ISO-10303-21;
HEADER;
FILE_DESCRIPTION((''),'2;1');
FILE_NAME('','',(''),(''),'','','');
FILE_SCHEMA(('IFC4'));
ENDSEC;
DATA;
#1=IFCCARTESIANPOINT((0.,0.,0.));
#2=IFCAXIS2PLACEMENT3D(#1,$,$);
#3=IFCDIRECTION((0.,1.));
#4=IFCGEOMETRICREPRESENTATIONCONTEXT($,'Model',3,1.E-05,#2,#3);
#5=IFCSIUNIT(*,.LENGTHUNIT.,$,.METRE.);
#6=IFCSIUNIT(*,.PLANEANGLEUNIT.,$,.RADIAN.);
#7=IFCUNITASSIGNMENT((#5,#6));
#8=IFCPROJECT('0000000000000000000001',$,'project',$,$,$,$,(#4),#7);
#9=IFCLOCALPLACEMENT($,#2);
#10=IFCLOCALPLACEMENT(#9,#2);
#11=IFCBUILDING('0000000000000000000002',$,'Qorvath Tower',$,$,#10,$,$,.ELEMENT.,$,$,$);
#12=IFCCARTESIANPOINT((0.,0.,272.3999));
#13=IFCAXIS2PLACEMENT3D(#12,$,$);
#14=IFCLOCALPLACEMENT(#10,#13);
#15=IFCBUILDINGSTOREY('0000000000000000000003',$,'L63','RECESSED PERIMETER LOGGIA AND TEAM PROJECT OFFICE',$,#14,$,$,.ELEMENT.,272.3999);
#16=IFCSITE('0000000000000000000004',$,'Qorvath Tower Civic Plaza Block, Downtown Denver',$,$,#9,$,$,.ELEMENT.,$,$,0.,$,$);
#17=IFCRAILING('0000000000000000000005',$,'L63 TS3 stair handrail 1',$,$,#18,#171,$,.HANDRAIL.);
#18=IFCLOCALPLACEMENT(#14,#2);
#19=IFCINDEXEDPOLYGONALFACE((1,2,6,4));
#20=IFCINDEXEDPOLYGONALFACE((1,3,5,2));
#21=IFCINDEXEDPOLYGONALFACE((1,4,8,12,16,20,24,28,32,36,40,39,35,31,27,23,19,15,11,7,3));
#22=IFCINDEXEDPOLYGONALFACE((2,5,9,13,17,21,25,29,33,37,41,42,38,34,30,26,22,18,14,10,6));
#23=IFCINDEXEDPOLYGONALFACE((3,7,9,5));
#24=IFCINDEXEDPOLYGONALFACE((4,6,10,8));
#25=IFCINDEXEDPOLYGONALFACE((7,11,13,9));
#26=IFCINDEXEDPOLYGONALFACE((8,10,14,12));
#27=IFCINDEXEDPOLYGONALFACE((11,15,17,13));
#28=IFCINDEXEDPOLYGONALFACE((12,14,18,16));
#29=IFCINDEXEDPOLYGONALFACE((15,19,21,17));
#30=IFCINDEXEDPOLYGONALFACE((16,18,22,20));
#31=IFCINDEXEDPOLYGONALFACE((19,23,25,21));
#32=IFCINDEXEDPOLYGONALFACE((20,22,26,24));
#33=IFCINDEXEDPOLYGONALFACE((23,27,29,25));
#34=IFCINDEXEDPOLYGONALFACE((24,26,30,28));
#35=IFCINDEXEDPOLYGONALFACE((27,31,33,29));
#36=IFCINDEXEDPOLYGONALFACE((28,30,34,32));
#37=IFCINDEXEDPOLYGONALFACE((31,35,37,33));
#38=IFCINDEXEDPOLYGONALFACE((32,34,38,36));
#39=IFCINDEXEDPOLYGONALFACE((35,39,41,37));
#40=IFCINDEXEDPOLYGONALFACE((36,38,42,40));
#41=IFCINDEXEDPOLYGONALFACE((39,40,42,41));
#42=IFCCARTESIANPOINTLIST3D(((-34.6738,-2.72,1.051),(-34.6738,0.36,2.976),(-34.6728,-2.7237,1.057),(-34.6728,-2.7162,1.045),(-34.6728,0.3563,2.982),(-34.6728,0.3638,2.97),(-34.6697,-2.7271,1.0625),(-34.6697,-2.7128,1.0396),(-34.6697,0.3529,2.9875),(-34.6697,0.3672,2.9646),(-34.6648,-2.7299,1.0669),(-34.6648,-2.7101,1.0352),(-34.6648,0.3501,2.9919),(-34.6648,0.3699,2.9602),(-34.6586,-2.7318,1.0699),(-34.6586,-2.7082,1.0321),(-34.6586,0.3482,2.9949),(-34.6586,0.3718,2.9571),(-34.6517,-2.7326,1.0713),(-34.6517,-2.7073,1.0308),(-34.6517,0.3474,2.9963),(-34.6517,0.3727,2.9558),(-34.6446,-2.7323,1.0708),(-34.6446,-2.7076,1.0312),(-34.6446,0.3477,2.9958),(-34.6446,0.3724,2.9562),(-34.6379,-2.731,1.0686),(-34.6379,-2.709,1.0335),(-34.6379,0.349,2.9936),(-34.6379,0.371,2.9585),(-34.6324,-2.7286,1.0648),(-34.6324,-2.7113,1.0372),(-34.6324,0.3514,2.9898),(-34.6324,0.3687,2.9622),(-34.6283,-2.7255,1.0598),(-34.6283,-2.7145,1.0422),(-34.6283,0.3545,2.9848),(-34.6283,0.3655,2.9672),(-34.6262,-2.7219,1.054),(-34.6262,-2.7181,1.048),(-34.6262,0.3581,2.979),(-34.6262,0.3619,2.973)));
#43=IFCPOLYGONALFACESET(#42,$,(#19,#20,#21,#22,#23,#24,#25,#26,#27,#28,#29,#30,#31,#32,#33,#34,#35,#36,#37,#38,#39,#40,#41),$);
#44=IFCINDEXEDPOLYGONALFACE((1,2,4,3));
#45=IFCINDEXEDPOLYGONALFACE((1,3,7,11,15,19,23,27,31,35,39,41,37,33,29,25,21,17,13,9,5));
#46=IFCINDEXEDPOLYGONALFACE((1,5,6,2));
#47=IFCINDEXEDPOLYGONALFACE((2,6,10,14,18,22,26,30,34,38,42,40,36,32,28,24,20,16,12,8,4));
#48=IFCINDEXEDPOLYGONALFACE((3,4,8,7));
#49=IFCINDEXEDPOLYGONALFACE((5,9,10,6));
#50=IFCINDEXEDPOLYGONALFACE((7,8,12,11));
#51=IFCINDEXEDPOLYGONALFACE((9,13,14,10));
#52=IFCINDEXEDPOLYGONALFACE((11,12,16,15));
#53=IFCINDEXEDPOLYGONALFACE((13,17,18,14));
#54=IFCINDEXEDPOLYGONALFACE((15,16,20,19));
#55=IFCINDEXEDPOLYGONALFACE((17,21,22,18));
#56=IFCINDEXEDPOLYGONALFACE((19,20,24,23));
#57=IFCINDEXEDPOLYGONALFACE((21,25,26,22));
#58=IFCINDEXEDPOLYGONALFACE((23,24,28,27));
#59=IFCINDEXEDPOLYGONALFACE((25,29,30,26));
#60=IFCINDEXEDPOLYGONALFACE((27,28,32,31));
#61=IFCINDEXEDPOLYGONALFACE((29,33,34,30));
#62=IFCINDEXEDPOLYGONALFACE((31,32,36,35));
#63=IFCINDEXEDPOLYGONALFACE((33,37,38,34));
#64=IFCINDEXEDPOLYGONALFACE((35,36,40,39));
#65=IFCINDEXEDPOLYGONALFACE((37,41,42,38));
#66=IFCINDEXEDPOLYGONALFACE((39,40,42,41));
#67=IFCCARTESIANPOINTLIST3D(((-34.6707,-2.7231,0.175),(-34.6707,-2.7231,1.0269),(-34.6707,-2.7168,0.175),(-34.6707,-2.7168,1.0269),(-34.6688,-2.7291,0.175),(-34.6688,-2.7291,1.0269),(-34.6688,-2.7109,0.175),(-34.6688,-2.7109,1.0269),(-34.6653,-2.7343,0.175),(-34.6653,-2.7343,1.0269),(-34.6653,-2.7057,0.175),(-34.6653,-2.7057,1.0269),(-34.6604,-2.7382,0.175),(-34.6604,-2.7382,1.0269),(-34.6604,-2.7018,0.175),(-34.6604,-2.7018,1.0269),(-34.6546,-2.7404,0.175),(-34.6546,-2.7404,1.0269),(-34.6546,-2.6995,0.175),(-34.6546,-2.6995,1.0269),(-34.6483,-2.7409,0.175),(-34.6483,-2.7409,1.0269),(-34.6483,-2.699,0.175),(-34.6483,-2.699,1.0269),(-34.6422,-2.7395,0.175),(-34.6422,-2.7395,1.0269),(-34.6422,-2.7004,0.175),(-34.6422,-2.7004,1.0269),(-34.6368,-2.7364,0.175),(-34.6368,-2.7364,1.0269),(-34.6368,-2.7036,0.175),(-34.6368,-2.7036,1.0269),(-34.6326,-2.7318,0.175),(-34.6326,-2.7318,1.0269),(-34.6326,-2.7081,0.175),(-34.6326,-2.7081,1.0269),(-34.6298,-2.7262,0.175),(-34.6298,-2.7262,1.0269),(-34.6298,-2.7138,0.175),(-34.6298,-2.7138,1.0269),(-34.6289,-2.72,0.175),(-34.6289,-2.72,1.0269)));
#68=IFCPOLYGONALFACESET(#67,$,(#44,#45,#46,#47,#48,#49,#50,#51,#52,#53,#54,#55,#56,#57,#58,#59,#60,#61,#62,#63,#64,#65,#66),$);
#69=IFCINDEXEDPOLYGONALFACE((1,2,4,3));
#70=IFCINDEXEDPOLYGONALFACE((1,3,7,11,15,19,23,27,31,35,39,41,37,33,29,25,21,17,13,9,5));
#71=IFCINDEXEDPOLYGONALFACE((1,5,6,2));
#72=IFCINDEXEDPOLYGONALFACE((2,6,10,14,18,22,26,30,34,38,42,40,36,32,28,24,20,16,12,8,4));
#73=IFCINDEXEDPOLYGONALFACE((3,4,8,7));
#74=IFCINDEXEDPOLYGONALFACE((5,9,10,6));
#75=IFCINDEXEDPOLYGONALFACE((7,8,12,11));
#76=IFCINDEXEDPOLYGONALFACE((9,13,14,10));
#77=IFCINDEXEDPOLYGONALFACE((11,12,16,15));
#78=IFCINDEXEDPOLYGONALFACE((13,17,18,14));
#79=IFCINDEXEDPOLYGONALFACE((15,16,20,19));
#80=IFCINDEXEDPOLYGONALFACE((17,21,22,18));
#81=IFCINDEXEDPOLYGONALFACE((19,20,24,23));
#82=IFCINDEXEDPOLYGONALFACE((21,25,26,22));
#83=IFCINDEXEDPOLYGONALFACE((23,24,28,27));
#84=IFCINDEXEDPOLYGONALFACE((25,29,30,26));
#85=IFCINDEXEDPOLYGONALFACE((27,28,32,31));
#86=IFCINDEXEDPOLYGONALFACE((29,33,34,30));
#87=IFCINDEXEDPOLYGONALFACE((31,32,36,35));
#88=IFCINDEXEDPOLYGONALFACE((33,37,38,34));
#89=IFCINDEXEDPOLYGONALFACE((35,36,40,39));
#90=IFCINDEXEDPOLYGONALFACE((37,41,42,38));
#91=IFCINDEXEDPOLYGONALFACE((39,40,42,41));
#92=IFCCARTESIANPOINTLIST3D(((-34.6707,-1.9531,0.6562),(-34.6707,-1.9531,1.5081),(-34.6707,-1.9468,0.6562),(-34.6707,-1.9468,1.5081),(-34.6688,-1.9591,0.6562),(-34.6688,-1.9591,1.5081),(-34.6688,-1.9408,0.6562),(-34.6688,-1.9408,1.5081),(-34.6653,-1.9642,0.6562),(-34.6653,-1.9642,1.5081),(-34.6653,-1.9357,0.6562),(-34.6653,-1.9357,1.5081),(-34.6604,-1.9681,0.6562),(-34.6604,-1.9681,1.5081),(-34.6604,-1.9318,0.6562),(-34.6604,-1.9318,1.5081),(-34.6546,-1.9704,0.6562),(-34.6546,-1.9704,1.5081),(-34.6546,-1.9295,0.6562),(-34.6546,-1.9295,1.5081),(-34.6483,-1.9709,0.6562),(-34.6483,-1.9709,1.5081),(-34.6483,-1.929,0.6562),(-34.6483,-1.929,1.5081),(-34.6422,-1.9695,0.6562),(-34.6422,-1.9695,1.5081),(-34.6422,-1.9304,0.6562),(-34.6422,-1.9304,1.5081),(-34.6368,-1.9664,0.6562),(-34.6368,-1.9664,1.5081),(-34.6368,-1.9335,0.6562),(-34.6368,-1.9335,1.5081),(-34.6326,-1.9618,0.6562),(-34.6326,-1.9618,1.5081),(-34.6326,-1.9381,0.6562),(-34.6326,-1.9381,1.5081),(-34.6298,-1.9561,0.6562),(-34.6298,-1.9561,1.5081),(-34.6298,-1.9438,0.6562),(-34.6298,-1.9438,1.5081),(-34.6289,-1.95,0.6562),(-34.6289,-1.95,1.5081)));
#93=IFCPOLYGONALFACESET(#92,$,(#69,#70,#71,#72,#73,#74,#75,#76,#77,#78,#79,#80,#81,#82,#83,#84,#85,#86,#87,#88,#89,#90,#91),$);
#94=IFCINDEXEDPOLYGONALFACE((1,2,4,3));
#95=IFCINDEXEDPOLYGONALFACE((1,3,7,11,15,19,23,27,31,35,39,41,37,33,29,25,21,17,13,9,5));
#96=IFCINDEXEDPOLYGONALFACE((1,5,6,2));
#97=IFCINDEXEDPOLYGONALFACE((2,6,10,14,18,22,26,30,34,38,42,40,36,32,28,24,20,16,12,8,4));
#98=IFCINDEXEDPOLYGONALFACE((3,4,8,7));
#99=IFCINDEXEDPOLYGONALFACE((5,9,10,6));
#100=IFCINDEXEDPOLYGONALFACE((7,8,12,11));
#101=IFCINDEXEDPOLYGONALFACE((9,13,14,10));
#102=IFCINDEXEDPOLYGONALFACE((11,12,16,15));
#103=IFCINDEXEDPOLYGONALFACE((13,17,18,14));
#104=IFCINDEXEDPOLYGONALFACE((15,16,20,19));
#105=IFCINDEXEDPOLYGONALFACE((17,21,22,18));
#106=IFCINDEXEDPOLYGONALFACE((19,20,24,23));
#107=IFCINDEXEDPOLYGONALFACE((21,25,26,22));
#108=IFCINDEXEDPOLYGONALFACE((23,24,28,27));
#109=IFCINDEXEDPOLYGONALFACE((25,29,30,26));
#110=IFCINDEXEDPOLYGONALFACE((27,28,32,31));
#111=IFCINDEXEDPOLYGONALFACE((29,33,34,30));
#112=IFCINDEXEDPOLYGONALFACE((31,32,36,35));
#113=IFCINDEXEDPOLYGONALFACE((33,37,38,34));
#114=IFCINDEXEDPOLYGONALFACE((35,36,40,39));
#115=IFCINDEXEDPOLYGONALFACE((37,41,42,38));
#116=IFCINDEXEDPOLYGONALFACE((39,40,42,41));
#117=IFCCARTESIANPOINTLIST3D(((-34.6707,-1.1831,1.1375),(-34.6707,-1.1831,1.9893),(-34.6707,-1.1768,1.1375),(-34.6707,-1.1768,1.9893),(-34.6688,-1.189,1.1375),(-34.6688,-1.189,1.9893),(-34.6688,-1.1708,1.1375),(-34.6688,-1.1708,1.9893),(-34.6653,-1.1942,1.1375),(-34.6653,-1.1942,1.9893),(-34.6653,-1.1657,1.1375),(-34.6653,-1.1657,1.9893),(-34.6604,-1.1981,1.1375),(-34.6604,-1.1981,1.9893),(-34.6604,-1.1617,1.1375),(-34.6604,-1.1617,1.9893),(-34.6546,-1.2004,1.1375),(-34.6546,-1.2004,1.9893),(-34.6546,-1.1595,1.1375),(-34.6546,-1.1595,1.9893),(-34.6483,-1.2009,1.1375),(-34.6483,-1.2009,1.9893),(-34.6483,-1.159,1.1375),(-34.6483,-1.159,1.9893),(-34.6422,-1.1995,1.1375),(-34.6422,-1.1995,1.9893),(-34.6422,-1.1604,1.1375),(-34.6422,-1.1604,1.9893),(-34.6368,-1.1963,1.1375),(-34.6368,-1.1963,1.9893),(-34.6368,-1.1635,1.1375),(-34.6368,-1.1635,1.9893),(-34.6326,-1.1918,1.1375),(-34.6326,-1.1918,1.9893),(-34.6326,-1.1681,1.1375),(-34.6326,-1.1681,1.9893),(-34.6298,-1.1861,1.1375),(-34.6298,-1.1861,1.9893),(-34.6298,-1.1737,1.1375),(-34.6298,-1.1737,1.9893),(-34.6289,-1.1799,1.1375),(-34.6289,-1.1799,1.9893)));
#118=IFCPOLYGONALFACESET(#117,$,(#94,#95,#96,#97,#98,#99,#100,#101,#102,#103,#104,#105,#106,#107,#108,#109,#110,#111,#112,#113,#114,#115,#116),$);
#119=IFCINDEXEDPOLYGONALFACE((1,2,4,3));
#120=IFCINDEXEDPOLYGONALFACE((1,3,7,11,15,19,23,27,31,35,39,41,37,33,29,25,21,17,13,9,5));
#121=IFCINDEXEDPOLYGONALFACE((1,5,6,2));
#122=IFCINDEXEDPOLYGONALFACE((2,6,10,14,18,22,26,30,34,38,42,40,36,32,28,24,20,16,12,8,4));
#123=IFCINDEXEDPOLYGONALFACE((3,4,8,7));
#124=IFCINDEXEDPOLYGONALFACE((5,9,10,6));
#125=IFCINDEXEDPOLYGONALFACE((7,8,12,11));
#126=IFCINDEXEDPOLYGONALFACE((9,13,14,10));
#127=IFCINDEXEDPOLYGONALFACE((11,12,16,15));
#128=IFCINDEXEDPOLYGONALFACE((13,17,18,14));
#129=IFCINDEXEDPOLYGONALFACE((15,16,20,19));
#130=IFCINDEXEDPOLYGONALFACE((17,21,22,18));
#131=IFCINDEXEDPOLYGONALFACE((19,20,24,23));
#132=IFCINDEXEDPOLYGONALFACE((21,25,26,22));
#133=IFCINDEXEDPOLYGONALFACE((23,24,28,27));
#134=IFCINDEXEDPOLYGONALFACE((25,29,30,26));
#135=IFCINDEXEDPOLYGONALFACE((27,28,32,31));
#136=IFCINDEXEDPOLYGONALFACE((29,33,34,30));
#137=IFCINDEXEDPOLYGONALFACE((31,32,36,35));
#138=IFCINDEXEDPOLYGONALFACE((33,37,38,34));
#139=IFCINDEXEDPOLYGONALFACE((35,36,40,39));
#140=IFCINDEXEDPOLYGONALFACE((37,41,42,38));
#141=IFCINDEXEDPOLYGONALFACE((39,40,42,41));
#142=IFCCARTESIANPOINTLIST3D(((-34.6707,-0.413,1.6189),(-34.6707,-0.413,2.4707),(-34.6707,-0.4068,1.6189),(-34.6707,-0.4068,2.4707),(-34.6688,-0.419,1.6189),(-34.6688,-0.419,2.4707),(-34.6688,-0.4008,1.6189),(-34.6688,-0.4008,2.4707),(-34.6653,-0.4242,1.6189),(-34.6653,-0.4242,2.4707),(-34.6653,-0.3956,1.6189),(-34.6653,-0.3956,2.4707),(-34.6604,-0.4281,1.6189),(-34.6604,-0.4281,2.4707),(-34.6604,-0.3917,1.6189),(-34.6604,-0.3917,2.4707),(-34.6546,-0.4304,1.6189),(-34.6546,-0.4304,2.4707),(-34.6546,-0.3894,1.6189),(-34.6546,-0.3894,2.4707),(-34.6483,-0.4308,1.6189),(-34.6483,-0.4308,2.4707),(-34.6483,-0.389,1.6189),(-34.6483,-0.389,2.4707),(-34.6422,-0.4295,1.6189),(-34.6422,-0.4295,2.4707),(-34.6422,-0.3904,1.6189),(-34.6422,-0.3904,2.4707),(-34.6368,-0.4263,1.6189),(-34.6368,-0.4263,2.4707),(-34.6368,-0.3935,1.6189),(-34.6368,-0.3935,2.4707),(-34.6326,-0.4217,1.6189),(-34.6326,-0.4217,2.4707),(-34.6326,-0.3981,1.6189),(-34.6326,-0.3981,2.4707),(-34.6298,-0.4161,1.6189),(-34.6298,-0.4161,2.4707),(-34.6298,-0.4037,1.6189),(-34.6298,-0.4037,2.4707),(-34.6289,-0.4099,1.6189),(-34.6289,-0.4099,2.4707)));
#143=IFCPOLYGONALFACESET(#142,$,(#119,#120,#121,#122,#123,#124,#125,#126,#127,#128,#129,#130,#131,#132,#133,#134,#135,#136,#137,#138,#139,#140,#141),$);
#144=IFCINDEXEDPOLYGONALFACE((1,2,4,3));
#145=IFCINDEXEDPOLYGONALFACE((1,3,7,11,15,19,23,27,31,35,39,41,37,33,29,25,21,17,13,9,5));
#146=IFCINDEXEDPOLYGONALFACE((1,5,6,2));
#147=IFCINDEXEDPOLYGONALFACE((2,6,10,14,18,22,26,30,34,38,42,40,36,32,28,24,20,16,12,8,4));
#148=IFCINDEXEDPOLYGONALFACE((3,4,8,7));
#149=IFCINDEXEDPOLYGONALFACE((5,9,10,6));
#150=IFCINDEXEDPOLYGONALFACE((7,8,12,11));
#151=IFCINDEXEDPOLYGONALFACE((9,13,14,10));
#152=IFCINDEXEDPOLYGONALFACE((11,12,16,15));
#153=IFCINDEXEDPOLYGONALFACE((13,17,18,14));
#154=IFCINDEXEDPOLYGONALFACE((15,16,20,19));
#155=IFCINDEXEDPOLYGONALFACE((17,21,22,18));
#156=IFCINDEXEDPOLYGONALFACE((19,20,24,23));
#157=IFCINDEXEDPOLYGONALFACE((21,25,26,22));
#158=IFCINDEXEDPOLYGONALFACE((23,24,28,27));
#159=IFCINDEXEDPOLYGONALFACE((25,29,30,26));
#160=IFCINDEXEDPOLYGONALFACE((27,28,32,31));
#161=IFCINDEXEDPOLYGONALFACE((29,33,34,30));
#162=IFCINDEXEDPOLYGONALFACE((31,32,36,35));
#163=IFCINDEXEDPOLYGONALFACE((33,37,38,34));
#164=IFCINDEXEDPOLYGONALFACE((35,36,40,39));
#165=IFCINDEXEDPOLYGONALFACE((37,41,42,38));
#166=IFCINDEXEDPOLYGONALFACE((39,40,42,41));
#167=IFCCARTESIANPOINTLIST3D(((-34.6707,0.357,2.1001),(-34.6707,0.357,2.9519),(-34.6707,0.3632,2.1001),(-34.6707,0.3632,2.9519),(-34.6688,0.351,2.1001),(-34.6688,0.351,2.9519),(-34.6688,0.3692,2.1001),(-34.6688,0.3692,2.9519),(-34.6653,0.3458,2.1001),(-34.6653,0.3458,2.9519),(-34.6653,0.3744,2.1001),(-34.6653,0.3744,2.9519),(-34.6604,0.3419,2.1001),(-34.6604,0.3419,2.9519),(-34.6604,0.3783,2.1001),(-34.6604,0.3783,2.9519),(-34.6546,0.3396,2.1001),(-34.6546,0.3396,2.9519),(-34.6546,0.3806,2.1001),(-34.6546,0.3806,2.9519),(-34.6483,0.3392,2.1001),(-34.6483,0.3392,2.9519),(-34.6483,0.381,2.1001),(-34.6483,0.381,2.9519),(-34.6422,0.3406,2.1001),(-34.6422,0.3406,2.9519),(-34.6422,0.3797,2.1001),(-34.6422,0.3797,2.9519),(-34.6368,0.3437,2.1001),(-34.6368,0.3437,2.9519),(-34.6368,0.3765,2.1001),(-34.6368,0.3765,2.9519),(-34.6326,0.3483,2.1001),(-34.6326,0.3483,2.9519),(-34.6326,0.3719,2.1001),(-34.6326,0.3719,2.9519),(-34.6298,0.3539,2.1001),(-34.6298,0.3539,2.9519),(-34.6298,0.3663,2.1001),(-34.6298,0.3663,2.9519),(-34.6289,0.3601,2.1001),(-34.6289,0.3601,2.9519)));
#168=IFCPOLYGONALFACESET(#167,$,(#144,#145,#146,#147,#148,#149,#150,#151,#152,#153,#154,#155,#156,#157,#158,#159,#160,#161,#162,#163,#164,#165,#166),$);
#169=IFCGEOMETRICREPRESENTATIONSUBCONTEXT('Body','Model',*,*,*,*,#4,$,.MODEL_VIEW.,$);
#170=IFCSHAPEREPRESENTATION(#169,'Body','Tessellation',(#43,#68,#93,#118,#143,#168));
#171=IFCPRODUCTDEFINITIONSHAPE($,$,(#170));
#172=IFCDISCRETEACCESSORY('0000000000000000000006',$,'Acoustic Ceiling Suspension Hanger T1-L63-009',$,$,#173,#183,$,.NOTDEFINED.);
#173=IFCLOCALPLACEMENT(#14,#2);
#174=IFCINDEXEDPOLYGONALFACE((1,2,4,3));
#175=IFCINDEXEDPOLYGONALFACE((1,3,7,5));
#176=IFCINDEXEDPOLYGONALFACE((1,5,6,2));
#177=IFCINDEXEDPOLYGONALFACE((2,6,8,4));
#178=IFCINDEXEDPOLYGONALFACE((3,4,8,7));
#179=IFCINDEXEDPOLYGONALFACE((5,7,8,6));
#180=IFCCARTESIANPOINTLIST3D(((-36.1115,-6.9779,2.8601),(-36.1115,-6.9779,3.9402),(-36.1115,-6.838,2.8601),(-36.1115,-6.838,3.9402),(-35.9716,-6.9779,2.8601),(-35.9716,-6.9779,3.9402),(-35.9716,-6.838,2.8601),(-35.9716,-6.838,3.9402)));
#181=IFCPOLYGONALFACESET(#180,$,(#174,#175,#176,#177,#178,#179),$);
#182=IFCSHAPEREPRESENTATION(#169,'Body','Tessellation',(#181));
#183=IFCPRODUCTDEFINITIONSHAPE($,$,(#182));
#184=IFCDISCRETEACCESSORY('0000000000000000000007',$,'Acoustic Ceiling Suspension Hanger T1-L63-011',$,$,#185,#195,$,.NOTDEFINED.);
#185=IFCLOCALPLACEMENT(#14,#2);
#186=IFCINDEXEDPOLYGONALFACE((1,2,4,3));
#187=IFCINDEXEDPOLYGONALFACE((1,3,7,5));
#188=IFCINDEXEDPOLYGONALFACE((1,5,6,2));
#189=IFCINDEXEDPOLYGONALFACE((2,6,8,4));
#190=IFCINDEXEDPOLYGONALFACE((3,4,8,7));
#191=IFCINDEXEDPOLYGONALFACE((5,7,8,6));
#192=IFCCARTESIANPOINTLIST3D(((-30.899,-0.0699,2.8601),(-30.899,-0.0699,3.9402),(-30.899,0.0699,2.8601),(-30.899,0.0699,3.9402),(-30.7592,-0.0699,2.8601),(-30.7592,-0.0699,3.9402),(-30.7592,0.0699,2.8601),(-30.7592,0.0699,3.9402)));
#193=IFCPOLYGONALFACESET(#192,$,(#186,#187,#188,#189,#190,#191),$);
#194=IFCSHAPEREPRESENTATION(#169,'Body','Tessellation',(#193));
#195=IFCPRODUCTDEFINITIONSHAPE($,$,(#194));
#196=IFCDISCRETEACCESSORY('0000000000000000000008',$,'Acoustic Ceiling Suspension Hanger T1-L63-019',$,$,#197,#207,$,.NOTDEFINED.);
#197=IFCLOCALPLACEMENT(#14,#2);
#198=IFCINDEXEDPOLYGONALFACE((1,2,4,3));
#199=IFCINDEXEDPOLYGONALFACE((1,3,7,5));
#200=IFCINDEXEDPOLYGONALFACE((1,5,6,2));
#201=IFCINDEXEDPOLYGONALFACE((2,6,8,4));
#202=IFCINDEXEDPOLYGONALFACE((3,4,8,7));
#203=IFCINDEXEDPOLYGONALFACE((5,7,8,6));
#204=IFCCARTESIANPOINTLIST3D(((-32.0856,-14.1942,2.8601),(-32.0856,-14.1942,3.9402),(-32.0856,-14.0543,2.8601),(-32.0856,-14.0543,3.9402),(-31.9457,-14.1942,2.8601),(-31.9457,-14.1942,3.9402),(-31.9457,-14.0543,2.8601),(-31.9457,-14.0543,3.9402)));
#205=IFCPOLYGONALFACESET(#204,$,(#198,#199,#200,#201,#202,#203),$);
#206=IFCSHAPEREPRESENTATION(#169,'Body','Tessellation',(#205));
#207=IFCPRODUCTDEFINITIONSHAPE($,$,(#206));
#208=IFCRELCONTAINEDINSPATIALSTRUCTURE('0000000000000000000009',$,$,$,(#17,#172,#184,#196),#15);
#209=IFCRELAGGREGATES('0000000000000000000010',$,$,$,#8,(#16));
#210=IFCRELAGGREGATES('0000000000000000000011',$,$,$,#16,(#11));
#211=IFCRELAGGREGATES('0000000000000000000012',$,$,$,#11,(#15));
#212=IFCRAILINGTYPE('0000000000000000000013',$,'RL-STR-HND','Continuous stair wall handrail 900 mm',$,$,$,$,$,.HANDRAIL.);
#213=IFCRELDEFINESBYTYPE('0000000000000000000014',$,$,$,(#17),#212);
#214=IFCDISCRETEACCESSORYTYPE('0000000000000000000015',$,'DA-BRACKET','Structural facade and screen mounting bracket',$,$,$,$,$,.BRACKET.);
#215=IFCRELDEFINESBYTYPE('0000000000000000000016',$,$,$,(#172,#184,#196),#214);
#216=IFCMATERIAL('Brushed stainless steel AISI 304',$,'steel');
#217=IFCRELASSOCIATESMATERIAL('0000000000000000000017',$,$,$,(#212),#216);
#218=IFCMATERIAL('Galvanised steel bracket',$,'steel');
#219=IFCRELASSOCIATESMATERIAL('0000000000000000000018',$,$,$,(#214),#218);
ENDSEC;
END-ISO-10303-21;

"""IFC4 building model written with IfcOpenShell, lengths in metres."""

from ifc_helpers import new_model, si_unit, direction, frame, origin, origin_2d, place, context, subcontext, project, spatial, rectangle, circle, extrude, material, type_object, element, save


model = new_model("IFC4")

# Units and contexts
model_context = context("Model", 3, precision=1e-05, world=origin(), true_north=direction((0.0, 1.0)))
body_context = subcontext(model_context, "Body", "Model", "MODEL_VIEW")
ifc_project = project(units=[si_unit("LENGTHUNIT", "METRE"), si_unit("PLANEANGLEUNIT", "RADIAN")], contexts=[model_context])

# Site, building, storey
site_placement = place(None, origin())
site = spatial("IfcSite", under=ifc_project, at=site_placement, Name="Qorvath Tower Civic Plaza Block, Downtown Denver", CompositionType="ELEMENT", RefElevation=0.0)
building_placement = place(site_placement, origin())
building = spatial("IfcBuilding", under=site, at=building_placement, Name="Qorvath Tower", CompositionType="ELEMENT")
storey_placement = place(building_placement, frame((0.0, 0.0, 272.3999)))
storey = spatial("IfcBuildingStorey", under=building, at=storey_placement, Name="L63", Description="RECESSED PERIMETER LOGGIA AND TEAM PROJECT OFFICE", CompositionType="ELEMENT", Elevation=272.3999)

# Railing
ifc_material_1 = material(Name="Brushed stainless steel AISI 304", Category="steel")
railing_type_1 = type_object("IfcRailingType", Name="RL-STR-HND", Description="Continuous stair wall handrail 900 mm", PredefinedType="HANDRAIL", material=ifc_material_1)
railing_1_placement = place(storey_placement, frame((-34.6499, -2.72, 0.175)))
element("IfcRailing", 1, at=railing_1_placement, inside=storey, type_object=railing_type_1, Name="L63 TS3 stair handrail 1", PredefinedType="HANDRAIL", context=body_context, shape_type="SweptSolid", body=[
    extrude(circle(Radius=0.0239, at=origin_2d()), frame((0.0, 0.0, 0.876), z_axis=(0.0, 0.847998, 0.529999), x_axis=(-1.0, 0.0, 0.0)), (0.0, 0.0, 1.0), 3.6321),
    extrude(circle(Radius=0.021, at=origin_2d()), origin(), (0.0, 0.0, 1.0), 0.8518),
    extrude(circle(Radius=0.021, at=origin_2d()), frame((0.0, 0.77, 0.4812)), (0.0, 0.0, 1.0), 0.8518),
    extrude(circle(Radius=0.021, at=origin_2d()), frame((0.0, 1.54, 0.9624)), (0.0, 0.0, 1.0), 0.8518),
    extrude(circle(Radius=0.021, at=origin_2d()), frame((0.0, 2.3101, 1.4438)), (0.0, 0.0, 1.0), 0.8518),
    extrude(circle(Radius=0.021, at=origin_2d()), frame((0.0, 3.0801, 1.925)), (0.0, 0.0, 1.0), 0.8518),
])

# Discrete accessories
ifc_material_2 = material(Name="Galvanised steel bracket", Category="steel")
discrete_accessory_type = type_object("IfcDiscreteAccessoryType", Name="DA-BRACKET", Description="Structural facade and screen mounting bracket", PredefinedType="BRACKET", material=ifc_material_2)
for number, where, z_axis, x_axis, name in (
    (2, (-36.0415, -6.908, 2.8601), (0.0, 0.0, 1.0), (1.0, 0.0, 0.0), "Acoustic Ceiling Suspension Hanger T1-L63-009"),
    (3, (-30.8291, 0.0, 2.8601), (0.0, 0.0, 1.0), (1.0, 0.0, 0.0), "Acoustic Ceiling Suspension Hanger T1-L63-011"),
    (4, (-32.0156, -14.1243, 2.8601), (0.0, 0.0, 1.0), (1.0, 0.0, 0.0), "Acoustic Ceiling Suspension Hanger T1-L63-019"),
):
    element("IfcDiscreteAccessory", number, at=place(storey_placement, frame(where, z_axis=z_axis, x_axis=x_axis)), inside=storey, type_object=discrete_accessory_type, Name=name, PredefinedType="NOTDEFINED", context=body_context, shape_type="SweptSolid", body=[
        extrude(rectangle(XDim=0.1399, YDim=0.1399, at=origin_2d()), origin(), (0.0, 0.0, 1.0), 1.0801),
    ])

save(model, "model.ifc")
